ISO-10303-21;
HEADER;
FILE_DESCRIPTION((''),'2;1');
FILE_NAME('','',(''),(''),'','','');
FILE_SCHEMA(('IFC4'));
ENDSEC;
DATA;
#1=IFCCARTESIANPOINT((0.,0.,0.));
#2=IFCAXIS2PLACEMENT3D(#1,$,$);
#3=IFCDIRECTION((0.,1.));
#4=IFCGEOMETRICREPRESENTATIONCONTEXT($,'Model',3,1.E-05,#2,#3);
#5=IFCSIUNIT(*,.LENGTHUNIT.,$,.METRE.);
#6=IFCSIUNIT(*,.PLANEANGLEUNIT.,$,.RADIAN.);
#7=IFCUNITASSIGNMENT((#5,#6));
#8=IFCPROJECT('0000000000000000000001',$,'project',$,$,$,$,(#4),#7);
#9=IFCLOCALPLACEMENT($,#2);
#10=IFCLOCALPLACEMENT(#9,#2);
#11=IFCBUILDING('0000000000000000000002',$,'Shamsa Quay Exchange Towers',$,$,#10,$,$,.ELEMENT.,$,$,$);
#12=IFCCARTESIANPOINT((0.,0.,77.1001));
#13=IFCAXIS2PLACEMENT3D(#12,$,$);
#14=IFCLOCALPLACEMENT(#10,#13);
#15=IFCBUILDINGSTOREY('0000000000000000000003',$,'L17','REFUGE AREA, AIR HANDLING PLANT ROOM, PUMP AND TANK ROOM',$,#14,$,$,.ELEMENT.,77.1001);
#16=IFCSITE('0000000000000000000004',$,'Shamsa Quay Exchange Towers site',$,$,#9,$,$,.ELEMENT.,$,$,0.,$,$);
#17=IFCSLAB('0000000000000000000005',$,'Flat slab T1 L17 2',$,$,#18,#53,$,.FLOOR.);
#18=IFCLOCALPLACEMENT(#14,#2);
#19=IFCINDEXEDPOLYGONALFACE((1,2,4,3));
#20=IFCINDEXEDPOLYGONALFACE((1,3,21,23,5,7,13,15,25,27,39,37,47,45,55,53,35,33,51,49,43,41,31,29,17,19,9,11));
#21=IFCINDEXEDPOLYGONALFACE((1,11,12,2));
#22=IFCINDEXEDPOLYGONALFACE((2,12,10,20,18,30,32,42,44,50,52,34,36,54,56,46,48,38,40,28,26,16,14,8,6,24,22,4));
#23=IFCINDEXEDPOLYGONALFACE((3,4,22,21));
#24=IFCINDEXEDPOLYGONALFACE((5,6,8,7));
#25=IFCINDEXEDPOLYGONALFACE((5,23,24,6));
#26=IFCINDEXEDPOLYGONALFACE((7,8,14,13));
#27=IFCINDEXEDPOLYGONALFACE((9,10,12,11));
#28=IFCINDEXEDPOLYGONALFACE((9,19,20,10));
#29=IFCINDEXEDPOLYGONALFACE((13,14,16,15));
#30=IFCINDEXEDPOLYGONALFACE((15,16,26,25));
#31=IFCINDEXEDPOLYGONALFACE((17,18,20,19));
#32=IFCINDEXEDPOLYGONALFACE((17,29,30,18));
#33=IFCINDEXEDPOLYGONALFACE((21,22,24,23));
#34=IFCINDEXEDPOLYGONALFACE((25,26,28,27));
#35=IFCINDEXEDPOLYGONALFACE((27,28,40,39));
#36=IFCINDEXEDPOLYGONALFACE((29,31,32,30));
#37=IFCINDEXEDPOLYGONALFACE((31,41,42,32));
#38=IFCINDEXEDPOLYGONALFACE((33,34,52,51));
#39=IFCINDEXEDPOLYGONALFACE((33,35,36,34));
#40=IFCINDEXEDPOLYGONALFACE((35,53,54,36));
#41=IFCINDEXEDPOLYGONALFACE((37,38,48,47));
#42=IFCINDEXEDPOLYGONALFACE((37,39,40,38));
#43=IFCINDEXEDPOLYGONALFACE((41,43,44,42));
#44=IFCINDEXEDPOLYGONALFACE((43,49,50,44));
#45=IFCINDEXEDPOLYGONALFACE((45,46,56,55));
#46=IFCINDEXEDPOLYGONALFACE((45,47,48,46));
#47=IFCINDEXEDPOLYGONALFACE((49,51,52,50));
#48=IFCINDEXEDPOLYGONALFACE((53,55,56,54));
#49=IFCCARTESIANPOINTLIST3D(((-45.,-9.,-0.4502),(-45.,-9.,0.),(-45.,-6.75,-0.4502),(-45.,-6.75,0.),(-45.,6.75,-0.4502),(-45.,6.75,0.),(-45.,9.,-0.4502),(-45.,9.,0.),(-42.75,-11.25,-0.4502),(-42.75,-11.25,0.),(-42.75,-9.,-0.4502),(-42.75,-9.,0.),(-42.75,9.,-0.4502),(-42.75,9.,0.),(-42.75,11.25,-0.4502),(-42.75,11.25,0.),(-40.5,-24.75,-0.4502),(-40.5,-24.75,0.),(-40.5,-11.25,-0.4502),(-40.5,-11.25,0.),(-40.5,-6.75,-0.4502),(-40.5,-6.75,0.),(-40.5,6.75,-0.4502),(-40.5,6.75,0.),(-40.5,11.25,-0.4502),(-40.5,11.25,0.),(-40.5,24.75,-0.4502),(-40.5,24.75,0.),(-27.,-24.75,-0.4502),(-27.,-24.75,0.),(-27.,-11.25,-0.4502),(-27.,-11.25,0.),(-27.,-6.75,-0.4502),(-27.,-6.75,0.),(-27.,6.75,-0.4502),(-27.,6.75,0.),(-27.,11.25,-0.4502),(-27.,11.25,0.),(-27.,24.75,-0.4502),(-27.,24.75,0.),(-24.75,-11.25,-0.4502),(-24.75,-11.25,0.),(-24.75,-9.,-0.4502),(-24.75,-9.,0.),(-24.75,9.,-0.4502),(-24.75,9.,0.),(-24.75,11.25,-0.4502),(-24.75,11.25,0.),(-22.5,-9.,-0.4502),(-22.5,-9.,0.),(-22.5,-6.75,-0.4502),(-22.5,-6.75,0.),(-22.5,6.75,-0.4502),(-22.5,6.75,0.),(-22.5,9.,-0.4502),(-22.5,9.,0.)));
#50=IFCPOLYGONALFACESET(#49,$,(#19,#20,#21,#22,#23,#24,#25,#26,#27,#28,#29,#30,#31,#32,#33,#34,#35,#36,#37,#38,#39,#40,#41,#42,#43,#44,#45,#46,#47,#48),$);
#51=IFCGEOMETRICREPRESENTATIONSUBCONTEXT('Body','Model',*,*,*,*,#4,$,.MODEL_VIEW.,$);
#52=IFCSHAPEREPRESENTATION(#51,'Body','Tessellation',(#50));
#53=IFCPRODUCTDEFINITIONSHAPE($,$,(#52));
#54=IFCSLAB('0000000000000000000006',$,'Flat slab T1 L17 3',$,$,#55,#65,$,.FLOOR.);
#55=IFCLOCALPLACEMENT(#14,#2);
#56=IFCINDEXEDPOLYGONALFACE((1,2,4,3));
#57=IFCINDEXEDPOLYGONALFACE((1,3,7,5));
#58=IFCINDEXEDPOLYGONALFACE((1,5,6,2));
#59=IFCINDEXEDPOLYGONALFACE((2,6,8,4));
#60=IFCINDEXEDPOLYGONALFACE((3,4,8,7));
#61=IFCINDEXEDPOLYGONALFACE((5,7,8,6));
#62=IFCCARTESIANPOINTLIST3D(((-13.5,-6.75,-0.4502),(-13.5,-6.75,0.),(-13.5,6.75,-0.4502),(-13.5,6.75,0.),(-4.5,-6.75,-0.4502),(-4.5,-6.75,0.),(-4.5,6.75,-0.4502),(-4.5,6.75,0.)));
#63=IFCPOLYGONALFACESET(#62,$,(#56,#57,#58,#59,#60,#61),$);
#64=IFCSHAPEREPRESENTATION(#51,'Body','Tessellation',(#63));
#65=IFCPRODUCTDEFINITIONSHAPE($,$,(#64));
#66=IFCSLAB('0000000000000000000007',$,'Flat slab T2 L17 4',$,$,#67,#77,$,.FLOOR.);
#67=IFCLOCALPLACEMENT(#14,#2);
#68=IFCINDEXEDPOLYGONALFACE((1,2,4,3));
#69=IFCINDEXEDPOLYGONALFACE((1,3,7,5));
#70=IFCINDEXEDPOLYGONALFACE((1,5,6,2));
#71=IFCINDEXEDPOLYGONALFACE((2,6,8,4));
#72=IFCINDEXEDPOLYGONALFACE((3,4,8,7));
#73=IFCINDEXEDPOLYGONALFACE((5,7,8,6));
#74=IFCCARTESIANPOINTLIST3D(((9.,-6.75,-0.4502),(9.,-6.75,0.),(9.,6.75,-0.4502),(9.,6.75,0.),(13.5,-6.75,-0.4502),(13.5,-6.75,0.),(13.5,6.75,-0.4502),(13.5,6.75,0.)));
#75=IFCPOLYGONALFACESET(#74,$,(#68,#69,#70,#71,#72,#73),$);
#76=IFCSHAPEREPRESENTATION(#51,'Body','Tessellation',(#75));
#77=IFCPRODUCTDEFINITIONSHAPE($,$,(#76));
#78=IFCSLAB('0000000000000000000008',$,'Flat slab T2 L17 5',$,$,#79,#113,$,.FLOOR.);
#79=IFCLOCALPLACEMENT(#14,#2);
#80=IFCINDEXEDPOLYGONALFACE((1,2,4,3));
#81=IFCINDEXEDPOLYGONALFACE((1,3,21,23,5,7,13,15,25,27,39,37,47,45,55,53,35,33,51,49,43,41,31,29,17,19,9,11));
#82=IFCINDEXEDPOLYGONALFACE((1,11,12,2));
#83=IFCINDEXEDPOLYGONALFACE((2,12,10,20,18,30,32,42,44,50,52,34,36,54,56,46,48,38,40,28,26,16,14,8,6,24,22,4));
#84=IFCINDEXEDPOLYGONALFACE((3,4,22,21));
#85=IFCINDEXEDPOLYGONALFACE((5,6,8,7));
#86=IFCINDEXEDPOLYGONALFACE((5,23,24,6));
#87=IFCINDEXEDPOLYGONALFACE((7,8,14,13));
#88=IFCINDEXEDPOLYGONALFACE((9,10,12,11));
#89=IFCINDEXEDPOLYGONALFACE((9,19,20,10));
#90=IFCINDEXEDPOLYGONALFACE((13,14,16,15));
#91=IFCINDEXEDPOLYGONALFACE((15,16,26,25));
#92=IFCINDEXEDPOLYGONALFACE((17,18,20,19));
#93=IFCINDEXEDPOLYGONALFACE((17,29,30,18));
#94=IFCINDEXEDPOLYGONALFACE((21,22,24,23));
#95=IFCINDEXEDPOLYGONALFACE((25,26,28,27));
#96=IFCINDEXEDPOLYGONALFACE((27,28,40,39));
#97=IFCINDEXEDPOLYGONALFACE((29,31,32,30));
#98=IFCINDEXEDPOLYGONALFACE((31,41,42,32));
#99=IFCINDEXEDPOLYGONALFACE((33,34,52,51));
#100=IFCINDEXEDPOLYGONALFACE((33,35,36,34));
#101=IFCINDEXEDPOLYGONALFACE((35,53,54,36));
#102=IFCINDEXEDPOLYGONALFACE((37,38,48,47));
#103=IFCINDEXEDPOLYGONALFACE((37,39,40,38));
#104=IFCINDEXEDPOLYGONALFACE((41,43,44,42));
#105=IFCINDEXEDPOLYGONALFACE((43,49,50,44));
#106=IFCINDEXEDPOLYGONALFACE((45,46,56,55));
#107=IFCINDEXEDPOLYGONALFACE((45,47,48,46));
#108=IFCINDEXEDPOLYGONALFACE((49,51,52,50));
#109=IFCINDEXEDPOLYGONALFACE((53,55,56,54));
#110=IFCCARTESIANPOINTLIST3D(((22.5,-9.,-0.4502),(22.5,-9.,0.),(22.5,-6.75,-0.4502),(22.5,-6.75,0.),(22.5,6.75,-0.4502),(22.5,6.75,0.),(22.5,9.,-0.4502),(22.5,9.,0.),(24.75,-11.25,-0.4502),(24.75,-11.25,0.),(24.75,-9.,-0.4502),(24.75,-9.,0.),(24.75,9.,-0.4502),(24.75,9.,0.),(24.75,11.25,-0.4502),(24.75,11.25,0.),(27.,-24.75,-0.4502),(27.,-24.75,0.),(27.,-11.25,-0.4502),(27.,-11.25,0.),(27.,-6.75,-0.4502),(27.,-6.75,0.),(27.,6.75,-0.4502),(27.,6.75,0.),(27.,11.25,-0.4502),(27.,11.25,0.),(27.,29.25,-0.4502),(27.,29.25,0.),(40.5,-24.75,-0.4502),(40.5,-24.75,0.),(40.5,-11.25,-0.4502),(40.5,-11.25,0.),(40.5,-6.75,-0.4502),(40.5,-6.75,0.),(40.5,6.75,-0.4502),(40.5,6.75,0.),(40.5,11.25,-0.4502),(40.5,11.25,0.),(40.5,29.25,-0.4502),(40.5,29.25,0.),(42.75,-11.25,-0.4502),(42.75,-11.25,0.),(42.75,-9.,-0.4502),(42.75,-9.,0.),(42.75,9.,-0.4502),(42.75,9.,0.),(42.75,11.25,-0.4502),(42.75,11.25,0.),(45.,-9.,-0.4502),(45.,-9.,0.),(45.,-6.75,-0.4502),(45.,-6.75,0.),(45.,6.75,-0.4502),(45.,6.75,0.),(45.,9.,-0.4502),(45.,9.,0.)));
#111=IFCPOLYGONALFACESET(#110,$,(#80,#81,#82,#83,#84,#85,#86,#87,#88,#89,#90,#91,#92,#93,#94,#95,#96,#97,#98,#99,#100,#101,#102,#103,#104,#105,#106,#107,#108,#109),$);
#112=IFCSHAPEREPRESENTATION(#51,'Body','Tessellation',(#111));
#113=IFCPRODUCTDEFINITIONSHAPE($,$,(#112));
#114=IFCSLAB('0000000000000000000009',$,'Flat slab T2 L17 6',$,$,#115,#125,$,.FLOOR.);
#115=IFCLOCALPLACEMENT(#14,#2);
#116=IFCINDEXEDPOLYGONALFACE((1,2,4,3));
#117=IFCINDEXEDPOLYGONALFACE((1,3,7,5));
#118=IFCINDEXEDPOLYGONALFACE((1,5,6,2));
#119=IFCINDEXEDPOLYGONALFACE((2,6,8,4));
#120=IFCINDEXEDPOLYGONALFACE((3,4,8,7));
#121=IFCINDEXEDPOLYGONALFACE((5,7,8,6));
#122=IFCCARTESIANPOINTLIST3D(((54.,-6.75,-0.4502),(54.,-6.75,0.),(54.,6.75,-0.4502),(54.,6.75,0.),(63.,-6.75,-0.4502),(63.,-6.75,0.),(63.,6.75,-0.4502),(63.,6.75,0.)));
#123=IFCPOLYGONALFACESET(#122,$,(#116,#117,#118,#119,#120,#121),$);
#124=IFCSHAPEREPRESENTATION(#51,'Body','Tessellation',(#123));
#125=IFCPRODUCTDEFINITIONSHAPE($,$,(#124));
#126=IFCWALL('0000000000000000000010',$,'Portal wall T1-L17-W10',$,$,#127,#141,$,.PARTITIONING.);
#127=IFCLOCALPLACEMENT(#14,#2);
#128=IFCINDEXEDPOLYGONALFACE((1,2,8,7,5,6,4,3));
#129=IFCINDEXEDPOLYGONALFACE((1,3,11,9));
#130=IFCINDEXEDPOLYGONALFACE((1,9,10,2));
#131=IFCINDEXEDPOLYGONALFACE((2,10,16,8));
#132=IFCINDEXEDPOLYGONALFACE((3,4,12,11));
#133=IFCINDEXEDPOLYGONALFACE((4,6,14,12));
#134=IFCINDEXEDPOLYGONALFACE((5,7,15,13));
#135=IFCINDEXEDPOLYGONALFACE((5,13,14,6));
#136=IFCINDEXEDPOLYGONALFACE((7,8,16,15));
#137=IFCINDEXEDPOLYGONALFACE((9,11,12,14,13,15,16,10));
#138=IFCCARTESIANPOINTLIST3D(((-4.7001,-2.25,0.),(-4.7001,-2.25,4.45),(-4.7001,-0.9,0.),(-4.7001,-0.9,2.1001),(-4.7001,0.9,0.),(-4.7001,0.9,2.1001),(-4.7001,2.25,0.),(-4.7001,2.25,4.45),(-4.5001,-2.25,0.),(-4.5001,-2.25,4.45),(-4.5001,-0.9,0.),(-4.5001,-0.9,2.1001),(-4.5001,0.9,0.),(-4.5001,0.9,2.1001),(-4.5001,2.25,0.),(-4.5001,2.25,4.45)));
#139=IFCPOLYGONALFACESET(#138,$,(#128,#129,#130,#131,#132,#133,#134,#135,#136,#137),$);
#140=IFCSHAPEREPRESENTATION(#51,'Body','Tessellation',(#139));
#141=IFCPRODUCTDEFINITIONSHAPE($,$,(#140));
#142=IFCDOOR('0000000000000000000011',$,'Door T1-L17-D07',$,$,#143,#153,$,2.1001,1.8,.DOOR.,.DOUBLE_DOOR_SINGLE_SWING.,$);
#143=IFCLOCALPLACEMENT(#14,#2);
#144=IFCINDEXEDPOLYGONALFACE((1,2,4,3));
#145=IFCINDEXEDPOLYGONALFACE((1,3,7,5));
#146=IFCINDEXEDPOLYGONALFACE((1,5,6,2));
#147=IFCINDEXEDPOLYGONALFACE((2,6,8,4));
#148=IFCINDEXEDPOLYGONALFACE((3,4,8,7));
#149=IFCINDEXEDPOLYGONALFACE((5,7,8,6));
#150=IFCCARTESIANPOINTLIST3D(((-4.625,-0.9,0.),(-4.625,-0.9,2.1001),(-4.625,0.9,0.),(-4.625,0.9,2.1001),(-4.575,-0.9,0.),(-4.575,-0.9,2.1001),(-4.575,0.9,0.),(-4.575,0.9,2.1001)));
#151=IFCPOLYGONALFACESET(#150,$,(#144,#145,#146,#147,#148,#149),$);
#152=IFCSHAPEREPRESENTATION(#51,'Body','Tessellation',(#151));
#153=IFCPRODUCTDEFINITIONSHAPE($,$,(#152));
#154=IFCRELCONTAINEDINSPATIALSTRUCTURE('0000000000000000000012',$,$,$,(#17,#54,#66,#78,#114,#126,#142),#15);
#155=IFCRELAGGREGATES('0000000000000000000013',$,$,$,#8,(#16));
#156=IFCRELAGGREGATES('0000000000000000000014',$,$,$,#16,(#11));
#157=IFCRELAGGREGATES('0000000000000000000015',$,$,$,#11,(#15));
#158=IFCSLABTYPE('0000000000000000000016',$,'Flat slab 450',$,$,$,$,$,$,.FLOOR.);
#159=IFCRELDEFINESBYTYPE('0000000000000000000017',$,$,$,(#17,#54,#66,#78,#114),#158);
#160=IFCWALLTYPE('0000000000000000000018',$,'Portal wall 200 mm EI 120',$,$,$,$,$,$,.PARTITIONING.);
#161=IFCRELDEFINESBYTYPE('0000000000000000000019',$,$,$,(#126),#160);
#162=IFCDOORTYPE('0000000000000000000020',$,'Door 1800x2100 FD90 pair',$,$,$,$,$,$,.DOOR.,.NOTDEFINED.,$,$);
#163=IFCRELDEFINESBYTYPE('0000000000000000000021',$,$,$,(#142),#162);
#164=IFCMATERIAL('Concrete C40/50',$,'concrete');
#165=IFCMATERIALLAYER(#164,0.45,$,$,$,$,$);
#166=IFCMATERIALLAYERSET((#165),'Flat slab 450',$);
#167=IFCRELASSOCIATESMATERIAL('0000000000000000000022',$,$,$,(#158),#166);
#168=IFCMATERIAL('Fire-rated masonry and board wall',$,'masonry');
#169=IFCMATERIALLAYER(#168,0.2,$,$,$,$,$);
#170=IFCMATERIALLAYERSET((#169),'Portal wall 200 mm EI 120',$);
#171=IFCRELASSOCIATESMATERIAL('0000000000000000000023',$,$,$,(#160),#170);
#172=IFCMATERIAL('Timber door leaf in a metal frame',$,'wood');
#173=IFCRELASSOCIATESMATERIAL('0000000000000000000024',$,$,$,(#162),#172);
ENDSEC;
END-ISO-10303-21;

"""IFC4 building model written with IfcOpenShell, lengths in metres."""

from ifc_helpers import new_model, si_unit, direction, frame, frame_2d, origin, place, context, subcontext, project, spatial, polyline, rectangle, outline, extrude, material, layer, layer_set, type_object, element, fill, save


model = new_model("IFC4")

# Units and contexts
model_context = context("Model", 3, precision=1e-05, world=origin(), true_north=direction((0.0, 1.0)))
body_context = subcontext(model_context, "Body", "Model", "MODEL_VIEW")
ifc_project = project(units=[si_unit("LENGTHUNIT", "METRE"), si_unit("PLANEANGLEUNIT", "RADIAN")], contexts=[model_context])

# Site, building, storey
site_placement = place(None, origin())
site = spatial("IfcSite", under=ifc_project, at=site_placement, Name="Shamsa Quay Exchange Towers site", CompositionType="ELEMENT", RefElevation=0.0)
building_placement = place(site_placement, origin())
building = spatial("IfcBuilding", under=site, at=building_placement, Name="Shamsa Quay Exchange Towers", CompositionType="ELEMENT")
storey_placement = place(building_placement, frame((0.0, 0.0, 77.1001)))
storey = spatial("IfcBuildingStorey", under=building, at=storey_placement, Name="L17", Description="REFUGE AREA, AIR HANDLING PLANT ROOM, PUMP AND TANK ROOM", CompositionType="ELEMENT", Elevation=77.1001)

# Slabs
ifc_material_1 = material(Name="Concrete C40/50", Category="concrete")
ifc_layer_1 = layer(ifc_material_1, 0.45)
ifc_layer_set_1 = layer_set([ifc_layer_1], Name="Flat slab 450")
slab_type = type_object("IfcSlabType", Name="Flat slab 450", PredefinedType="FLOOR", material=ifc_layer_set_1)
slab_1_placement = place(storey_placement, frame((0.0, 0.0, -0.4502)))
element("IfcSlab", 1, at=slab_1_placement, inside=storey, type_object=slab_type, Name="Flat slab T1 L17 2", PredefinedType="FLOOR", context=body_context, shape_type="SweptSolid", body=[
    extrude(outline(polyline([(-22.5, -9.0), (-22.5, -6.75), (-27.0, -6.75), (-27.0, 6.75), (-22.5, 6.75), (-22.5, 9.0), (-24.75, 9.0), (-24.75, 11.25), (-27.0, 11.25), (-27.0, 24.75), (-40.5, 24.75), (-40.5, 11.25), (-42.75, 11.25), (-42.75, 9.0), (-45.0, 9.0), (-45.0, 6.75), (-40.5, 6.75), (-40.5, -6.75), (-45.0, -6.75), (-45.0, -9.0), (-42.75, -9.0), (-42.75, -11.25), (-40.5, -11.25), (-40.5, -24.75), (-27.0, -24.75), (-27.0, -11.25), (-24.75, -11.25), (-24.75, -9.0), (-22.5, -9.0)])), origin(), (0.0, 0.0, 1.0), 0.4502),
])
slab_2_placement = place(storey_placement, frame((0.0, 0.0, -0.4502)))
element("IfcSlab", 2, at=slab_2_placement, inside=storey, type_object=slab_type, Name="Flat slab T1 L17 3", PredefinedType="FLOOR", context=body_context, shape_type="SweptSolid", body=[
    extrude(outline(polyline([(-4.5, 6.75), (-13.5, 6.75), (-13.5, -6.75), (-4.5, -6.75), (-4.5, 6.75)])), origin(), (0.0, 0.0, 1.0), 0.4502),
])
slab_3_placement = place(storey_placement, frame((0.0, 0.0, -0.4502)))
element("IfcSlab", 3, at=slab_3_placement, inside=storey, type_object=slab_type, Name="Flat slab T2 L17 4", PredefinedType="FLOOR", context=body_context, shape_type="SweptSolid", body=[
    extrude(outline(polyline([(9.0, -6.75), (13.5, -6.75), (13.5, 6.75), (9.0, 6.75), (9.0, -6.75)])), origin(), (0.0, 0.0, 1.0), 0.4502),
])
slab_4_placement = place(storey_placement, frame((0.0, 0.0, -0.4502)))
element("IfcSlab", 4, at=slab_4_placement, inside=storey, type_object=slab_type, Name="Flat slab T2 L17 5", PredefinedType="FLOOR", context=body_context, shape_type="SweptSolid", body=[
    extrude(outline(polyline([(45.0, -9.0), (45.0, -6.75), (40.5, -6.75), (40.5, 6.75), (45.0, 6.75), (45.0, 9.0), (42.75, 9.0), (42.75, 11.25), (40.5, 11.25), (40.5, 29.25), (27.0, 29.25), (27.0, 11.25), (24.75, 11.25), (24.75, 9.0), (22.5, 9.0), (22.5, 6.75), (27.0, 6.75), (27.0, -6.75), (22.5, -6.75), (22.5, -9.0), (24.75, -9.0), (24.75, -11.25), (27.0, -11.25), (27.0, -24.75), (40.5, -24.75), (40.5, -11.25), (42.75, -11.25), (42.75, -9.0), (45.0, -9.0)])), origin(), (0.0, 0.0, 1.0), 0.4502),
])
slab_5_placement = place(storey_placement, frame((0.0, 0.0, -0.4502)))
element("IfcSlab", 5, at=slab_5_placement, inside=storey, type_object=slab_type, Name="Flat slab T2 L17 6", PredefinedType="FLOOR", context=body_context, shape_type="SweptSolid", body=[
    extrude(outline(polyline([(63.0, 6.75), (54.0, 6.75), (54.0, -6.75), (63.0, -6.75), (63.0, 6.75)])), origin(), (0.0, 0.0, 1.0), 0.4502),
])

# Wall, opening, door
ifc_material_2 = material(Name="Fire-rated masonry and board wall", Category="masonry")
ifc_layer_2 = layer(ifc_material_2, 0.2)
ifc_layer_set_2 = layer_set([ifc_layer_2], Name="Portal wall 200 mm EI 120")
wall_type = type_object("IfcWallType", Name="Portal wall 200 mm EI 120", PredefinedType="PARTITIONING", material=ifc_layer_set_2)
wall_placement = place(storey_placement, frame((-4.6001, -2.25, 0.0), z_axis=(0.0, 0.0, 1.0), x_axis=(0.0, 1.0, 0.0)))
wall = element("IfcWall", 6, at=wall_placement, inside=storey, type_object=wall_type, Name="Portal wall T1-L17-W10", PredefinedType="PARTITIONING", context=body_context, shape_type="SweptSolid", body=[
    extrude(rectangle(XDim=4.5, YDim=0.2, at=frame_2d((2.25, 0.0))), origin(), (0.0, 0.0, 1.0), 4.45),
])
opening_placement = place(wall_placement, frame((1.3501, 0.0, 0.0)))
opening = element("IfcOpeningElement", 7, at=opening_placement, cuts=wall, PredefinedType="OPENING", context=body_context, shape_type="SweptSolid", body=[
    extrude(rectangle(XDim=1.8, YDim=2.1001, at=frame_2d((0.8999, 1.05))), frame((0.0, 0.1099, 0.0), z_axis=(0.0, -1.0, 0.0), x_axis=(1.0, 0.0, 0.0)), (0.0, 0.0, 1.0), 0.22),
])
ifc_material_3 = material(Name="Timber door leaf in a metal frame", Category="wood")
door_type = type_object("IfcDoorType", Name="Door 1800x2100 FD90 pair", OperationType="NOTDEFINED", PredefinedType="DOOR", material=ifc_material_3)
door_placement = place(opening_placement, origin())
door = element("IfcDoor", 8, at=door_placement, inside=storey, type_object=door_type, Name="Door T1-L17-D07", OperationType="DOUBLE_DOOR_SINGLE_SWING", OverallHeight=2.1001, OverallWidth=1.8, PredefinedType="DOOR", context=body_context, shape_type="SweptSolid", body=[
    extrude(rectangle(XDim=1.8, YDim=2.1001, at=frame_2d((0.8999, 1.05))), frame((0.0, 0.0249, 0.0), z_axis=(0.0, -1.0, 0.0), x_axis=(1.0, 0.0, 0.0)), (0.0, 0.0, 1.0), 0.05),
])
fill(opening, door)

save(model, "model.ifc")
